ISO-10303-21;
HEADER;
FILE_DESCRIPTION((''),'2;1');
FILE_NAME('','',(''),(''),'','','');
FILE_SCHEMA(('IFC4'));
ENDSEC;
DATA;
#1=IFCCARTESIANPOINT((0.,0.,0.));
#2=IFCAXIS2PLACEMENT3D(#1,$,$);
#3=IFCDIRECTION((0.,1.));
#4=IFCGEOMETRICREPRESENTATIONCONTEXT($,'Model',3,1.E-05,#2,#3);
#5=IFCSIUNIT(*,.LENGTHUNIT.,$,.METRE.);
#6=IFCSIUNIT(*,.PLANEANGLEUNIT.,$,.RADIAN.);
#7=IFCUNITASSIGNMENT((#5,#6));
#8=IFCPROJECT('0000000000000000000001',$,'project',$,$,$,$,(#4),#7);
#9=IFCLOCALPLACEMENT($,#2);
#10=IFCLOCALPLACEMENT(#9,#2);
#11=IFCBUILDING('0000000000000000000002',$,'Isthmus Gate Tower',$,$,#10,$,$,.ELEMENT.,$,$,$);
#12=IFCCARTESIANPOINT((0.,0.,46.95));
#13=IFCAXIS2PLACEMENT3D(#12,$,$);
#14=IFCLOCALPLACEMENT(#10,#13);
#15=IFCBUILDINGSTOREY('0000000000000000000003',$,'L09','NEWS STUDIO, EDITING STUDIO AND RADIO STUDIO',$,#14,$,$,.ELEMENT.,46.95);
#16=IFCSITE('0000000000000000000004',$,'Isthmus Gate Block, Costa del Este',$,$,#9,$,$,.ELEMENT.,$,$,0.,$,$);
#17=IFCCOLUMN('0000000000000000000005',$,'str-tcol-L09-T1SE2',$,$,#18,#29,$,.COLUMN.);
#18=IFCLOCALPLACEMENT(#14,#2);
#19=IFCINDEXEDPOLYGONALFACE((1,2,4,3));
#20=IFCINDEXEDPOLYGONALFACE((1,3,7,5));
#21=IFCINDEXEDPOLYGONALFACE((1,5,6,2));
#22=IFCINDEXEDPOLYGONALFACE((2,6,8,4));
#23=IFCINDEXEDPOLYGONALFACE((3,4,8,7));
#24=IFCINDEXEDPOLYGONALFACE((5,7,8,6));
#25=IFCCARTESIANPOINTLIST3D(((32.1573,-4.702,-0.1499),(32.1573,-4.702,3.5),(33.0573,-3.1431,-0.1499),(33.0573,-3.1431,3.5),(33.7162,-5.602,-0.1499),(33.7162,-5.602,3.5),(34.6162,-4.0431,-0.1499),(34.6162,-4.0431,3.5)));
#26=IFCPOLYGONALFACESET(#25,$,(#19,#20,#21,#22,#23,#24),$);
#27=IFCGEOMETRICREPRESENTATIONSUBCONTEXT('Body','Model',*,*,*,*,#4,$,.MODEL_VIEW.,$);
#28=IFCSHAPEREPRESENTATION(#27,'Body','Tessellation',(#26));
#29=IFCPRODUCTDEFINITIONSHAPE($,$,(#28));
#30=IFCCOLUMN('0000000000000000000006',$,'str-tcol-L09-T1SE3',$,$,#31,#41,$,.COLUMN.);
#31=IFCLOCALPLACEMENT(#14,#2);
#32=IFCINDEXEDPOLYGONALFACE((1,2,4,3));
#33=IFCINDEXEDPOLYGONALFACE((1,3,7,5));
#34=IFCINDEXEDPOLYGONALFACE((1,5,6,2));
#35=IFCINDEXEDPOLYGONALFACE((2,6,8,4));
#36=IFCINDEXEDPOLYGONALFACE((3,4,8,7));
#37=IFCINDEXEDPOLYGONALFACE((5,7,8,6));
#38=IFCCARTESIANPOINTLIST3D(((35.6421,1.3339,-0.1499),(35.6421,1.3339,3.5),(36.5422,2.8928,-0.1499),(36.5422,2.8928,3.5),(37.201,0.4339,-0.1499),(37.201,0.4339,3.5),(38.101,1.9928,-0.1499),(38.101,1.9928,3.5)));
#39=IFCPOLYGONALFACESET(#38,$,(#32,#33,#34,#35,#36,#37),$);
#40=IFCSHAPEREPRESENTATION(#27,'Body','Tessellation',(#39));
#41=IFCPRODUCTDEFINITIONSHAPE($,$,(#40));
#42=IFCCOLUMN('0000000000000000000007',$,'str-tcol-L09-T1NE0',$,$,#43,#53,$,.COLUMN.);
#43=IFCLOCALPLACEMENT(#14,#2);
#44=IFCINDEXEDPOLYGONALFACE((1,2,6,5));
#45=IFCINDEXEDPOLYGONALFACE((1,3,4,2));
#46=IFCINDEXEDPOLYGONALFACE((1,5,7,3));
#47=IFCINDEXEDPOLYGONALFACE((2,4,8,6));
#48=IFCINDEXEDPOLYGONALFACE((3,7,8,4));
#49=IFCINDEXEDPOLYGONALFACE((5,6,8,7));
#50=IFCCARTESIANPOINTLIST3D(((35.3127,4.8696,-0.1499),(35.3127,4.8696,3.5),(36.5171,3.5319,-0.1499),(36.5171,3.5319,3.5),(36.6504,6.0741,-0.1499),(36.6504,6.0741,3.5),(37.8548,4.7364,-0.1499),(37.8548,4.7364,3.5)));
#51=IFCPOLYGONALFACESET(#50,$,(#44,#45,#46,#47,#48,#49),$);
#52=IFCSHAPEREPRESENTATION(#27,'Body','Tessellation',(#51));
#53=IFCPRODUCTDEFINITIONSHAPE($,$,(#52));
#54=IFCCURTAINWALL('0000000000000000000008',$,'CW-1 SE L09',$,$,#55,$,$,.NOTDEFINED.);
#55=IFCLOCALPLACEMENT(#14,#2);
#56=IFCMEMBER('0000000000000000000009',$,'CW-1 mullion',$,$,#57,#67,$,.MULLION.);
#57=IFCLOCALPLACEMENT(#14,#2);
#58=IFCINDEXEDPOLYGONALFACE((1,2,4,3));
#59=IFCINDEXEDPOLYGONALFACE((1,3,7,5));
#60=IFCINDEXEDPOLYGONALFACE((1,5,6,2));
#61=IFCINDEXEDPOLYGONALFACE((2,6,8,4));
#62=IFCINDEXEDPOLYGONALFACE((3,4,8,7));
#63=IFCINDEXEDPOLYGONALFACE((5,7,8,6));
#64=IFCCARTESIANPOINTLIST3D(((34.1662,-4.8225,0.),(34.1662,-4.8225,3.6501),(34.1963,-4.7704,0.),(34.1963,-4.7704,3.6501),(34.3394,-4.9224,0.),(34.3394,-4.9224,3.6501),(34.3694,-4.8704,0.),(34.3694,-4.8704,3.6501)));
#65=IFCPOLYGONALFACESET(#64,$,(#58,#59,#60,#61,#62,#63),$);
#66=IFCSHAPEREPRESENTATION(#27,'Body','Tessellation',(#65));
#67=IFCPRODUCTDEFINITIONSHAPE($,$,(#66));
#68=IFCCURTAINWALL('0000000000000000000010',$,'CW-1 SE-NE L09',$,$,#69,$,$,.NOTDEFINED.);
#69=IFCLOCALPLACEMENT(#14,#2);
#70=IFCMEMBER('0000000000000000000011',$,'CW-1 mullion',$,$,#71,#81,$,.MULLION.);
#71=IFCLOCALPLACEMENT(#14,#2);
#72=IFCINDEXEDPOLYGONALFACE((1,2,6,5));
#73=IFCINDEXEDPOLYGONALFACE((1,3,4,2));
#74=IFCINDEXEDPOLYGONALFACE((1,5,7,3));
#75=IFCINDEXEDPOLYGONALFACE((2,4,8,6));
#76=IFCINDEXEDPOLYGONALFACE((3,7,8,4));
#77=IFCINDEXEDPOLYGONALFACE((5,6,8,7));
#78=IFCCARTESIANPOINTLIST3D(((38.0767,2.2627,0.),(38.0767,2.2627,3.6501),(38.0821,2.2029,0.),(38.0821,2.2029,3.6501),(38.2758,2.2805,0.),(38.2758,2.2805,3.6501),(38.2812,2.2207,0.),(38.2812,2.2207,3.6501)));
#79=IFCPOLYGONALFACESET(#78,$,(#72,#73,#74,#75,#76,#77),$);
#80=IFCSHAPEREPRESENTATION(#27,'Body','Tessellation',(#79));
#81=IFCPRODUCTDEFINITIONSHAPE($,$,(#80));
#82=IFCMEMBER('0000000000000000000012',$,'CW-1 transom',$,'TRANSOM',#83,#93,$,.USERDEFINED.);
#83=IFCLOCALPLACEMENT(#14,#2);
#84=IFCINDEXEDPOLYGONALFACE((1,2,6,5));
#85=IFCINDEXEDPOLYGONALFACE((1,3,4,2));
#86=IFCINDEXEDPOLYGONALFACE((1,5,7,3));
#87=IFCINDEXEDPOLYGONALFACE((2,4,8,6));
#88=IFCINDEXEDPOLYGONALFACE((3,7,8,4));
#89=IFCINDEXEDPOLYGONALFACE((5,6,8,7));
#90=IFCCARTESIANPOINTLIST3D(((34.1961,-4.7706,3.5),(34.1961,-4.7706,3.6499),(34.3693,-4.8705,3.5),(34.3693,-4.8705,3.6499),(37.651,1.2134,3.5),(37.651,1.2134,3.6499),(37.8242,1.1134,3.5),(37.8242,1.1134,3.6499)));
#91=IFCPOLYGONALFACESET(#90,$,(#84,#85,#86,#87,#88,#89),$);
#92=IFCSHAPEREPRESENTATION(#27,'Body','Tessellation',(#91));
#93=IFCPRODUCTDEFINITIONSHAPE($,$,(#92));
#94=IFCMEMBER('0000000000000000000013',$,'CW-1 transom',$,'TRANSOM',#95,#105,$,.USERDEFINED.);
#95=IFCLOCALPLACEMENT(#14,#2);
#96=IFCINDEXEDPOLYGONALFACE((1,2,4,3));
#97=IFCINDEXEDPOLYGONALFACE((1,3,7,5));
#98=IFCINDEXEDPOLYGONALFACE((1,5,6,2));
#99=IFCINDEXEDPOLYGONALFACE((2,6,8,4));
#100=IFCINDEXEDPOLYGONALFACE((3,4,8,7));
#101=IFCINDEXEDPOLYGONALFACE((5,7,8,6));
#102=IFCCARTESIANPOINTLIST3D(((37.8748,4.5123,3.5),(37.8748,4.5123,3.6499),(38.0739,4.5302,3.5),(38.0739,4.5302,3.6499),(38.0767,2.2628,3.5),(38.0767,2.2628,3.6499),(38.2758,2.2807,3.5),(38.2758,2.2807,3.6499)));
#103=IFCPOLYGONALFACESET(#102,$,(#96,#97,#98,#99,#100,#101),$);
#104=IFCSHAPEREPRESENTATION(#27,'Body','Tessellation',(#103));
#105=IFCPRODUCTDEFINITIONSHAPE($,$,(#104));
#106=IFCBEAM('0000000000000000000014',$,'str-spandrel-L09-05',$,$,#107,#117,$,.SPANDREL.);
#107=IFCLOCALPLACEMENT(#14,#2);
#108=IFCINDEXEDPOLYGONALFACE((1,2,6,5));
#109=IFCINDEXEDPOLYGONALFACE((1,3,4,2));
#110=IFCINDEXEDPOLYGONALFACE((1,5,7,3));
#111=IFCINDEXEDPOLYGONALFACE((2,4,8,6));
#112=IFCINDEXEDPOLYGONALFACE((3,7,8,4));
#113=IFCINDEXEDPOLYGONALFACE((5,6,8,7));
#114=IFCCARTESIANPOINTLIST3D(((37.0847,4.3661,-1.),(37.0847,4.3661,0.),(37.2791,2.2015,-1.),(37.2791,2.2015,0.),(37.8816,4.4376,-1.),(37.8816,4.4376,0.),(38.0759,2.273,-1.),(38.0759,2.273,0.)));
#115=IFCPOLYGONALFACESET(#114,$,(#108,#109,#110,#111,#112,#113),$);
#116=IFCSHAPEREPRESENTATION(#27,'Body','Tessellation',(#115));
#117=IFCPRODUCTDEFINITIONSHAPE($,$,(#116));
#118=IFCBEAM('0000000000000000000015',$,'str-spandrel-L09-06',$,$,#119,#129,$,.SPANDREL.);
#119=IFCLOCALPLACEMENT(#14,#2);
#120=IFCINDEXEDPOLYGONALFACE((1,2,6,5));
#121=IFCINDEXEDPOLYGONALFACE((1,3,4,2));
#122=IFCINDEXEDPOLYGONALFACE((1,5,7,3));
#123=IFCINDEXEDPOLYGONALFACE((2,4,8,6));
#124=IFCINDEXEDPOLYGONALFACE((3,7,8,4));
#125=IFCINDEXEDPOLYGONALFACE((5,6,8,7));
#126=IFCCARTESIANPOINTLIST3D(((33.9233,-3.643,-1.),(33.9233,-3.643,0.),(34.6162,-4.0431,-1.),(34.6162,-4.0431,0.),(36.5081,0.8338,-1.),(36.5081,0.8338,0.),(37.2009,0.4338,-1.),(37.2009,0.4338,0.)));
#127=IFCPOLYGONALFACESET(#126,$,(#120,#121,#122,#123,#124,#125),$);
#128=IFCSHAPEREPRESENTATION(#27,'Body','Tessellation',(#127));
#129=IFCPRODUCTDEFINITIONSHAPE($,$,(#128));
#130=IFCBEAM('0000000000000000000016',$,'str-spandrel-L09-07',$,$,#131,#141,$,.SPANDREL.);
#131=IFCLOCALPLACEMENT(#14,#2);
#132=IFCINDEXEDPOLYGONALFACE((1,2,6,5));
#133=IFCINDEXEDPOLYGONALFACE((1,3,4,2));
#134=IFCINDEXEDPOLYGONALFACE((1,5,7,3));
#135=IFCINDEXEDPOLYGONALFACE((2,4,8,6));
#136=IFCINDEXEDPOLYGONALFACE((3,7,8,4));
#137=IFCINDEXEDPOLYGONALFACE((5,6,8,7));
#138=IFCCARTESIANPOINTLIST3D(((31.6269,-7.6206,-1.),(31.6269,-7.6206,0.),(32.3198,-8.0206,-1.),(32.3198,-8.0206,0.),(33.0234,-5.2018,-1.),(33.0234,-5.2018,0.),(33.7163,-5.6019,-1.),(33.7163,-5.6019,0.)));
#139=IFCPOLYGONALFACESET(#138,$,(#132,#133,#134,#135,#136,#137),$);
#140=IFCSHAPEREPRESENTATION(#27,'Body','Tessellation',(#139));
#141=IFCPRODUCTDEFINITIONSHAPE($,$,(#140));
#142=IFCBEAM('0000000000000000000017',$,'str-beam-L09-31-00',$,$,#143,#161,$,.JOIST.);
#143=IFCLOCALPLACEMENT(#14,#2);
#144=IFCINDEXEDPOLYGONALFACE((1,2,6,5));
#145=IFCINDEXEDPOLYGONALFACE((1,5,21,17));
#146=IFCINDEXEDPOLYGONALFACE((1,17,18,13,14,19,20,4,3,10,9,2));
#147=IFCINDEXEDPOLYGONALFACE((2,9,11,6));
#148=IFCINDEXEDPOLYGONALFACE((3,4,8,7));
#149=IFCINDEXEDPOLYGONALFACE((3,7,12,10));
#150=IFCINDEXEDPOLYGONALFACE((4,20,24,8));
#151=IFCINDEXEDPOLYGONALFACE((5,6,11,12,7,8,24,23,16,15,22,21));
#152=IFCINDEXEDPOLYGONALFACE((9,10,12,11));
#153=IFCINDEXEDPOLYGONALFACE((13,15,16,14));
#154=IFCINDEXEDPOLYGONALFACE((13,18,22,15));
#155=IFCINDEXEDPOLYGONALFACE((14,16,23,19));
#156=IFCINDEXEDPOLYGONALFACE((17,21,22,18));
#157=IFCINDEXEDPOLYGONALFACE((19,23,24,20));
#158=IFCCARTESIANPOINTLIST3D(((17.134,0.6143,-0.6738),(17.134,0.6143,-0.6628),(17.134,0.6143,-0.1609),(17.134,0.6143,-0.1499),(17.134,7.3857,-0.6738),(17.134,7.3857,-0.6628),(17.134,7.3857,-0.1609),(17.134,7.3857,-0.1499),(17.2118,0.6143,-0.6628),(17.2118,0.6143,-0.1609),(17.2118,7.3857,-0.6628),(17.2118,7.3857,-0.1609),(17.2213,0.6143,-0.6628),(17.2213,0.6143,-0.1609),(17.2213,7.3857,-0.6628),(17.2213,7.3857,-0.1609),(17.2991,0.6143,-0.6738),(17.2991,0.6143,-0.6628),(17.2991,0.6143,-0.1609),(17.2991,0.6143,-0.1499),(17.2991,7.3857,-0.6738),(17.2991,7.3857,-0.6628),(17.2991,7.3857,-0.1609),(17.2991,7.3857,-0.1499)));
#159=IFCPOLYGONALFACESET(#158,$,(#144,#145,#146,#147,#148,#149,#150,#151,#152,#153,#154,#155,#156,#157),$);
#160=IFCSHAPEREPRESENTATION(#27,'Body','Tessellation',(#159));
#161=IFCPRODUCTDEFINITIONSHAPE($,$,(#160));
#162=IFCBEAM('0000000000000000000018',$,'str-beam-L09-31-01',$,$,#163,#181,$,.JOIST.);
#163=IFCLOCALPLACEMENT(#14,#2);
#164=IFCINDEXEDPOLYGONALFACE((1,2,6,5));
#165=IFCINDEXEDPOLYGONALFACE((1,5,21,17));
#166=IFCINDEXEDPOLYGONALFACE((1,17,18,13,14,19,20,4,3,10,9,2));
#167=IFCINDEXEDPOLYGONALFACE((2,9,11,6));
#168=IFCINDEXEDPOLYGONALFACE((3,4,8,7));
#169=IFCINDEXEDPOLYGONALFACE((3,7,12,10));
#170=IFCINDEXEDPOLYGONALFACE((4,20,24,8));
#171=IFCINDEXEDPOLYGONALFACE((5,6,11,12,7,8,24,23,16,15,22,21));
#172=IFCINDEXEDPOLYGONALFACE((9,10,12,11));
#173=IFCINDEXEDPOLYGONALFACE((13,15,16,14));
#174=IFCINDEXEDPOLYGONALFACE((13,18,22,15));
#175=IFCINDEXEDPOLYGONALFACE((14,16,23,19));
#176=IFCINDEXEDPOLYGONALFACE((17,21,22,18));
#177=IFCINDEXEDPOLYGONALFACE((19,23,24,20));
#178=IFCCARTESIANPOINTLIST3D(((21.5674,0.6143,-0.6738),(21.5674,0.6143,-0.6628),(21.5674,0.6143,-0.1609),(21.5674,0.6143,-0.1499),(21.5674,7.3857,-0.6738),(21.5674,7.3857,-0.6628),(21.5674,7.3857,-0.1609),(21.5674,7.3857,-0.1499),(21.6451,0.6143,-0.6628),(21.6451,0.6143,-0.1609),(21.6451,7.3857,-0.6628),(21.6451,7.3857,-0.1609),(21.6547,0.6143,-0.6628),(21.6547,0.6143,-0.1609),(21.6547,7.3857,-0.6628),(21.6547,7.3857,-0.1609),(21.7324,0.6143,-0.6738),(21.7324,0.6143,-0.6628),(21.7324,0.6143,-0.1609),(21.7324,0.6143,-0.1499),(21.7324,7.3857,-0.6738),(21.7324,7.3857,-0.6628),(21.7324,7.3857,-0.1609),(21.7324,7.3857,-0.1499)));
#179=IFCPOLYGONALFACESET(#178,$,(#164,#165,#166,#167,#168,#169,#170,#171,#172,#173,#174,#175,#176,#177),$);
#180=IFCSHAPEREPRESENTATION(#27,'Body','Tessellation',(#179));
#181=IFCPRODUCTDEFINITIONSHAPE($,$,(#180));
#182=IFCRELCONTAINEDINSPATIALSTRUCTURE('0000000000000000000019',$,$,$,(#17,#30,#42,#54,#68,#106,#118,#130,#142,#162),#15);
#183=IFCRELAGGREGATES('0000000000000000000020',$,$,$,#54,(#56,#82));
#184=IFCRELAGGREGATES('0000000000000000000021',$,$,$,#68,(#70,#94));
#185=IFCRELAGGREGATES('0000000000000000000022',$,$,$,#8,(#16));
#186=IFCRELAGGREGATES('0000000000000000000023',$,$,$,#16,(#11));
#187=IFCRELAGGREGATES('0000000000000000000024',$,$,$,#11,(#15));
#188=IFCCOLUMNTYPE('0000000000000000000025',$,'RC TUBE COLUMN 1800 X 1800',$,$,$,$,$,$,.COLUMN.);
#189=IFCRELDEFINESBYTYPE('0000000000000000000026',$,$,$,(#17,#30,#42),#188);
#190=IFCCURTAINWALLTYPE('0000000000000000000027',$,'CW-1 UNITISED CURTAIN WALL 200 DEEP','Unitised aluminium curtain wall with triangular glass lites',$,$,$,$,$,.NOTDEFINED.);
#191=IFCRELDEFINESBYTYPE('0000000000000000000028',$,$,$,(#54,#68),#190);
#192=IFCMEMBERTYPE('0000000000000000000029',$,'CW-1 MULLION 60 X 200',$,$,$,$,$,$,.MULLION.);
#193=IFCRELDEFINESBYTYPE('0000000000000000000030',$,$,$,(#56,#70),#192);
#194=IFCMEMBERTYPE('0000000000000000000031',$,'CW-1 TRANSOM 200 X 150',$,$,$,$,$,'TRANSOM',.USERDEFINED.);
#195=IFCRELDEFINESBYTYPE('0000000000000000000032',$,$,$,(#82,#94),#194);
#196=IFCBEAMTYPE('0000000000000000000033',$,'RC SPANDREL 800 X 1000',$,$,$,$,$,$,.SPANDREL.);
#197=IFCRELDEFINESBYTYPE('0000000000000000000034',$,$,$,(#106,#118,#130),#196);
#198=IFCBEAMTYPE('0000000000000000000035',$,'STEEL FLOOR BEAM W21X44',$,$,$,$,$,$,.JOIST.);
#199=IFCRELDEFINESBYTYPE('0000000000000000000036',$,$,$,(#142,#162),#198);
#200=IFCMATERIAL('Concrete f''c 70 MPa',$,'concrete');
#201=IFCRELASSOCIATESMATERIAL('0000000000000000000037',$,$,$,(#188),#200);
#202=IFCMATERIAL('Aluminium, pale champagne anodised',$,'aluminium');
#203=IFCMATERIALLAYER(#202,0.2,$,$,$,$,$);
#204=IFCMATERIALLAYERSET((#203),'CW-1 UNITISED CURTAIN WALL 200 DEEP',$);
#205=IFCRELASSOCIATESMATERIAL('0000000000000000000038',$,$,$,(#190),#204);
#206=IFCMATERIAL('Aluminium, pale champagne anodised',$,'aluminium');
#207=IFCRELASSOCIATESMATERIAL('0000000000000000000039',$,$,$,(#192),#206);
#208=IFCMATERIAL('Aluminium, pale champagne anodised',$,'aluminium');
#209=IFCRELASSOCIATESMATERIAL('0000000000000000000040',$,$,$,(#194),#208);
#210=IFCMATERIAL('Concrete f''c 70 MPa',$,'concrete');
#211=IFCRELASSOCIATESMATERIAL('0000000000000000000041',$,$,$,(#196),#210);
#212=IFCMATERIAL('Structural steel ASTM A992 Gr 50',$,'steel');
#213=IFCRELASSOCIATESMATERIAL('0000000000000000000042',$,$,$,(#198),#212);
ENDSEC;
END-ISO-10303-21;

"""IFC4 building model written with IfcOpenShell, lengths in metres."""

from ifc_helpers import new_model, si_unit, direction, frame, origin, origin_2d, place, context, subcontext, project, spatial, rectangle, i_section, extrude, material, layer, layer_set, material_profile, profile_set, type_object, element, aggregate, save


model = new_model("IFC4")

# Units and contexts
model_context = context("Model", 3, precision=1e-05, world=origin(), true_north=direction((0.0, 1.0)))
body_context = subcontext(model_context, "Body", "Model", "MODEL_VIEW")
ifc_project = project(units=[si_unit("LENGTHUNIT", "METRE"), si_unit("PLANEANGLEUNIT", "RADIAN")], contexts=[model_context])

# Site, building, storey
site_placement = place(None, origin())
site = spatial("IfcSite", under=ifc_project, at=site_placement, Name="Isthmus Gate Block, Costa del Este", CompositionType="ELEMENT", RefElevation=0.0)
building_placement = place(site_placement, origin())
building = spatial("IfcBuilding", under=site, at=building_placement, Name="Isthmus Gate Tower", CompositionType="ELEMENT")
storey_placement = place(building_placement, frame((0.0, 0.0, 46.95)))
storey = spatial("IfcBuildingStorey", under=building, at=storey_placement, Name="L09", Description="NEWS STUDIO, EDITING STUDIO AND RADIO STUDIO", CompositionType="ELEMENT", Elevation=46.95)

# Columns
ifc_material_1 = material(Name="Concrete f'c 70 MPa", Category="concrete")
ifc_material_profile_1 = material_profile(ifc_material_1, rectangle(XDim=1.8, YDim=1.8, at=origin_2d()), Name="RC 1800X1800")
ifc_profile_set_1 = profile_set([ifc_material_profile_1], Name="Concrete f'c 70 MPa")
column_type = type_object("IfcColumnType", Name="RC TUBE COLUMN 1800 X 1800", PredefinedType="COLUMN", material=ifc_profile_set_1)
for number, where, z_axis, x_axis, name in (
    (1, (33.3867, -4.3726, -0.1499), (0.0, 0.0, 1.0), (0.5, 0.866025, 0.0), "str-tcol-L09-T1SE2"),
    (2, (36.8716, 1.6633, -0.1499), (0.0, 0.0, 1.0), (0.5, 0.866025, 0.0), "str-tcol-L09-T1SE3"),
    (3, (36.5837, 4.803, -0.1499), (0.0, 0.0, 1.0), (-0.669131, 0.743145, 0.0), "str-tcol-L09-T1NE0"),
):
    element("IfcColumn", number, at=place(storey_placement, frame(where, z_axis=z_axis, x_axis=x_axis)), inside=storey, type_object=column_type, Name=name, PredefinedType="COLUMN", context=body_context, shape_type="SweptSolid", body=[
        extrude(rectangle(XDim=1.8, YDim=1.8, at=origin_2d()), origin(), (0.0, 0.0, 1.0), 3.6499),
    ])

# Curtain walls, members
ifc_material_2 = material(Name="Aluminium, pale champagne anodised", Category="aluminium")
ifc_layer_1 = layer(ifc_material_2, 0.2)
ifc_layer_set_1 = layer_set([ifc_layer_1], Name="CW-1 UNITISED CURTAIN WALL 200 DEEP")
curtain_wall_type = type_object("IfcCurtainWallType", Name="CW-1 UNITISED CURTAIN WALL 200 DEEP", Description="Unitised aluminium curtain wall with triangular glass lites", PredefinedType="NOTDEFINED", material=ifc_layer_set_1)
curtain_wall_1_placement = place(storey_placement, origin())
curtain_wall_1 = element("IfcCurtainWall", 4, at=curtain_wall_1_placement, inside=storey, type_object=curtain_wall_type, Name="CW-1 SE L09", PredefinedType="NOTDEFINED")
ifc_material_3 = material(Name="Aluminium, pale champagne anodised", Category="aluminium")
ifc_material_profile_2 = material_profile(ifc_material_3, rectangle(XDim=0.0601, YDim=0.2, at=origin_2d()), Name="60x200")
ifc_profile_set_2 = profile_set([ifc_material_profile_2], Name="Aluminium, pale champagne anodised")
member_type_1 = type_object("IfcMemberType", Name="CW-1 MULLION 60 X 200", PredefinedType="MULLION", material=ifc_profile_set_2)
member_1_placement = place(storey_placement, frame((34.2678, -4.8464, 0.0), z_axis=(0.0, 0.0, 1.0), x_axis=(0.5, 0.866025, 0.0)))
member_1 = element("IfcMember", 5, at=member_1_placement, type_object=member_type_1, Name="CW-1 mullion", PredefinedType="MULLION", context=body_context, shape_type="SweptSolid", body=[
    extrude(rectangle(XDim=0.0601, YDim=0.2, at=origin_2d()), origin(), (0.0, 0.0, 1.0), 3.6501),
])
curtain_wall_2_placement = place(storey_placement, origin())
curtain_wall_2 = element("IfcCurtainWall", 6, at=curtain_wall_2_placement, inside=storey, type_object=curtain_wall_type, Name="CW-1 SE-NE L09", PredefinedType="NOTDEFINED")
member_2_placement = place(storey_placement, frame((38.179, 2.2417, 0.0), z_axis=(0.0, 0.0, 1.0), x_axis=(-0.089397, 0.995996, 0.0)))
member_2 = element("IfcMember", 7, at=member_2_placement, type_object=member_type_1, Name="CW-1 mullion", PredefinedType="MULLION", context=body_context, shape_type="SweptSolid", body=[
    extrude(rectangle(XDim=0.0601, YDim=0.2, at=origin_2d()), origin(), (0.0, 0.0, 1.0), 3.6501),
])

# Members
ifc_material_4 = material(Name="Aluminium, pale champagne anodised", Category="aluminium")
ifc_material_profile_3 = material_profile(ifc_material_4, rectangle(XDim=0.2, YDim=0.1499, at=origin_2d()), Name="200x150")
ifc_profile_set_3 = profile_set([ifc_material_profile_3], Name="Aluminium, pale champagne anodised")
member_type_2 = type_object("IfcMemberType", Name="CW-1 TRANSOM 200 X 150", ElementType="TRANSOM", PredefinedType="USERDEFINED", material=ifc_profile_set_3)
member_3_placement = place(storey_placement, frame((34.2827, -4.8206, 3.575), z_axis=(0.500004, 0.866023, 0.0), x_axis=(-0.866023, 0.500004, 0.0)))
member_3 = element("IfcMember", 8, at=member_3_placement, type_object=member_type_2, Name="CW-1 transom", ObjectType="TRANSOM", PredefinedType="USERDEFINED", context=body_context, shape_type="SweptSolid", body=[
    extrude(rectangle(XDim=0.2, YDim=0.1499, at=origin_2d()), origin(), (0.0, 0.0, 1.0), 6.9097),
])
member_4_placement = place(storey_placement, frame((38.1763, 2.2717, 3.575), z_axis=(-0.089395, 0.995996, 0.0), x_axis=(-0.995996, -0.089395, 0.0)))
member_4 = element("IfcMember", 9, at=member_4_placement, type_object=member_type_2, Name="CW-1 transom", ObjectType="TRANSOM", PredefinedType="USERDEFINED", context=body_context, shape_type="SweptSolid", body=[
    extrude(rectangle(XDim=0.2, YDim=0.1499, at=origin_2d()), origin(), (0.0, 0.0, 1.0), 2.2585),
])

# Beams
ifc_material_5 = material(Name="Concrete f'c 70 MPa", Category="concrete")
ifc_material_profile_4 = material_profile(ifc_material_5, rectangle(XDim=0.8, YDim=1.0, at=origin_2d()), Name="RC 800X1000")
ifc_profile_set_4 = profile_set([ifc_material_profile_4], Name="Concrete f'c 70 MPa")
beam_type_1 = type_object("IfcBeamType", Name="RC SPANDREL 800 X 1000", PredefinedType="SPANDREL", material=ifc_profile_set_4)
beam_1_placement = place(storey_placement, frame((37.4832, 4.4019, -0.5), z_axis=(0.089422, -0.995994, 0.0), x_axis=(0.995994, 0.089422, 0.0)))
element("IfcBeam", 10, at=beam_1_placement, inside=storey, type_object=beam_type_1, Name="str-spandrel-L09-05", PredefinedType="SPANDREL", context=body_context, shape_type="SweptSolid", body=[
    extrude(rectangle(XDim=0.8, YDim=1.0, at=origin_2d()), origin(), (0.0, 0.0, 1.0), 2.1733),
])
beam_2_placement = place(storey_placement, frame((36.8545, 0.6338, -0.5), z_axis=(-0.500005, -0.866023, 0.0), x_axis=(0.866023, -0.500005, 0.0)))
element("IfcBeam", 11, at=beam_2_placement, inside=storey, type_object=beam_type_1, Name="str-spandrel-L09-06", PredefinedType="SPANDREL", context=body_context, shape_type="SweptSolid", body=[
    extrude(rectangle(XDim=0.8, YDim=1.0, at=origin_2d()), origin(), (0.0, 0.0, 1.0), 5.1694),
])
beam_3_placement = place(storey_placement, frame((33.3699, -5.4019, -0.5), z_axis=(-0.500013, -0.866018, 0.0), x_axis=(0.866018, -0.500013, 0.0)))
element("IfcBeam", 12, at=beam_3_placement, inside=storey, type_object=beam_type_1, Name="str-spandrel-L09-07", PredefinedType="SPANDREL", context=body_context, shape_type="SweptSolid", body=[
    extrude(rectangle(XDim=0.8, YDim=1.0, at=origin_2d()), origin(), (0.0, 0.0, 1.0), 2.793),
])
ifc_material_6 = material(Name="Structural steel ASTM A992 Gr 50", Category="steel")
ifc_material_profile_5 = material_profile(ifc_material_6, i_section(OverallWidth=0.165, OverallDepth=0.5239, WebThickness=0.0095, FlangeThickness=0.011, at=origin_2d()), Name="W21X44")
ifc_profile_set_5 = profile_set([ifc_material_profile_5], Name="Structural steel ASTM A992 Gr 50")
beam_type_2 = type_object("IfcBeamType", Name="STEEL FLOOR BEAM W21X44", PredefinedType="JOIST", material=ifc_profile_set_5)
for number, where, z_axis, x_axis, name in (
    (13, (17.2166, 0.6143, -0.4119), (0.0, 1.0, 0.0), (-1.0, 0.0, 0.0), "str-beam-L09-31-00"),
    (14, (21.6499, 0.6143, -0.4119), (0.0, 1.0, 0.0), (-1.0, 0.0, 0.0), "str-beam-L09-31-01"),
):
    element("IfcBeam", number, at=place(storey_placement, frame(where, z_axis=z_axis, x_axis=x_axis)), inside=storey, type_object=beam_type_2, Name=name, PredefinedType="JOIST", context=body_context, shape_type="SweptSolid", body=[
        extrude(i_section(OverallWidth=0.165, OverallDepth=0.5239, WebThickness=0.0095, FlangeThickness=0.011, at=origin_2d()), origin(), (0.0, 0.0, 1.0), 6.7715),
    ])

aggregate(curtain_wall_1, [member_1, member_3])
aggregate(curtain_wall_2, [member_2, member_4])

save(model, "model.ifc")
